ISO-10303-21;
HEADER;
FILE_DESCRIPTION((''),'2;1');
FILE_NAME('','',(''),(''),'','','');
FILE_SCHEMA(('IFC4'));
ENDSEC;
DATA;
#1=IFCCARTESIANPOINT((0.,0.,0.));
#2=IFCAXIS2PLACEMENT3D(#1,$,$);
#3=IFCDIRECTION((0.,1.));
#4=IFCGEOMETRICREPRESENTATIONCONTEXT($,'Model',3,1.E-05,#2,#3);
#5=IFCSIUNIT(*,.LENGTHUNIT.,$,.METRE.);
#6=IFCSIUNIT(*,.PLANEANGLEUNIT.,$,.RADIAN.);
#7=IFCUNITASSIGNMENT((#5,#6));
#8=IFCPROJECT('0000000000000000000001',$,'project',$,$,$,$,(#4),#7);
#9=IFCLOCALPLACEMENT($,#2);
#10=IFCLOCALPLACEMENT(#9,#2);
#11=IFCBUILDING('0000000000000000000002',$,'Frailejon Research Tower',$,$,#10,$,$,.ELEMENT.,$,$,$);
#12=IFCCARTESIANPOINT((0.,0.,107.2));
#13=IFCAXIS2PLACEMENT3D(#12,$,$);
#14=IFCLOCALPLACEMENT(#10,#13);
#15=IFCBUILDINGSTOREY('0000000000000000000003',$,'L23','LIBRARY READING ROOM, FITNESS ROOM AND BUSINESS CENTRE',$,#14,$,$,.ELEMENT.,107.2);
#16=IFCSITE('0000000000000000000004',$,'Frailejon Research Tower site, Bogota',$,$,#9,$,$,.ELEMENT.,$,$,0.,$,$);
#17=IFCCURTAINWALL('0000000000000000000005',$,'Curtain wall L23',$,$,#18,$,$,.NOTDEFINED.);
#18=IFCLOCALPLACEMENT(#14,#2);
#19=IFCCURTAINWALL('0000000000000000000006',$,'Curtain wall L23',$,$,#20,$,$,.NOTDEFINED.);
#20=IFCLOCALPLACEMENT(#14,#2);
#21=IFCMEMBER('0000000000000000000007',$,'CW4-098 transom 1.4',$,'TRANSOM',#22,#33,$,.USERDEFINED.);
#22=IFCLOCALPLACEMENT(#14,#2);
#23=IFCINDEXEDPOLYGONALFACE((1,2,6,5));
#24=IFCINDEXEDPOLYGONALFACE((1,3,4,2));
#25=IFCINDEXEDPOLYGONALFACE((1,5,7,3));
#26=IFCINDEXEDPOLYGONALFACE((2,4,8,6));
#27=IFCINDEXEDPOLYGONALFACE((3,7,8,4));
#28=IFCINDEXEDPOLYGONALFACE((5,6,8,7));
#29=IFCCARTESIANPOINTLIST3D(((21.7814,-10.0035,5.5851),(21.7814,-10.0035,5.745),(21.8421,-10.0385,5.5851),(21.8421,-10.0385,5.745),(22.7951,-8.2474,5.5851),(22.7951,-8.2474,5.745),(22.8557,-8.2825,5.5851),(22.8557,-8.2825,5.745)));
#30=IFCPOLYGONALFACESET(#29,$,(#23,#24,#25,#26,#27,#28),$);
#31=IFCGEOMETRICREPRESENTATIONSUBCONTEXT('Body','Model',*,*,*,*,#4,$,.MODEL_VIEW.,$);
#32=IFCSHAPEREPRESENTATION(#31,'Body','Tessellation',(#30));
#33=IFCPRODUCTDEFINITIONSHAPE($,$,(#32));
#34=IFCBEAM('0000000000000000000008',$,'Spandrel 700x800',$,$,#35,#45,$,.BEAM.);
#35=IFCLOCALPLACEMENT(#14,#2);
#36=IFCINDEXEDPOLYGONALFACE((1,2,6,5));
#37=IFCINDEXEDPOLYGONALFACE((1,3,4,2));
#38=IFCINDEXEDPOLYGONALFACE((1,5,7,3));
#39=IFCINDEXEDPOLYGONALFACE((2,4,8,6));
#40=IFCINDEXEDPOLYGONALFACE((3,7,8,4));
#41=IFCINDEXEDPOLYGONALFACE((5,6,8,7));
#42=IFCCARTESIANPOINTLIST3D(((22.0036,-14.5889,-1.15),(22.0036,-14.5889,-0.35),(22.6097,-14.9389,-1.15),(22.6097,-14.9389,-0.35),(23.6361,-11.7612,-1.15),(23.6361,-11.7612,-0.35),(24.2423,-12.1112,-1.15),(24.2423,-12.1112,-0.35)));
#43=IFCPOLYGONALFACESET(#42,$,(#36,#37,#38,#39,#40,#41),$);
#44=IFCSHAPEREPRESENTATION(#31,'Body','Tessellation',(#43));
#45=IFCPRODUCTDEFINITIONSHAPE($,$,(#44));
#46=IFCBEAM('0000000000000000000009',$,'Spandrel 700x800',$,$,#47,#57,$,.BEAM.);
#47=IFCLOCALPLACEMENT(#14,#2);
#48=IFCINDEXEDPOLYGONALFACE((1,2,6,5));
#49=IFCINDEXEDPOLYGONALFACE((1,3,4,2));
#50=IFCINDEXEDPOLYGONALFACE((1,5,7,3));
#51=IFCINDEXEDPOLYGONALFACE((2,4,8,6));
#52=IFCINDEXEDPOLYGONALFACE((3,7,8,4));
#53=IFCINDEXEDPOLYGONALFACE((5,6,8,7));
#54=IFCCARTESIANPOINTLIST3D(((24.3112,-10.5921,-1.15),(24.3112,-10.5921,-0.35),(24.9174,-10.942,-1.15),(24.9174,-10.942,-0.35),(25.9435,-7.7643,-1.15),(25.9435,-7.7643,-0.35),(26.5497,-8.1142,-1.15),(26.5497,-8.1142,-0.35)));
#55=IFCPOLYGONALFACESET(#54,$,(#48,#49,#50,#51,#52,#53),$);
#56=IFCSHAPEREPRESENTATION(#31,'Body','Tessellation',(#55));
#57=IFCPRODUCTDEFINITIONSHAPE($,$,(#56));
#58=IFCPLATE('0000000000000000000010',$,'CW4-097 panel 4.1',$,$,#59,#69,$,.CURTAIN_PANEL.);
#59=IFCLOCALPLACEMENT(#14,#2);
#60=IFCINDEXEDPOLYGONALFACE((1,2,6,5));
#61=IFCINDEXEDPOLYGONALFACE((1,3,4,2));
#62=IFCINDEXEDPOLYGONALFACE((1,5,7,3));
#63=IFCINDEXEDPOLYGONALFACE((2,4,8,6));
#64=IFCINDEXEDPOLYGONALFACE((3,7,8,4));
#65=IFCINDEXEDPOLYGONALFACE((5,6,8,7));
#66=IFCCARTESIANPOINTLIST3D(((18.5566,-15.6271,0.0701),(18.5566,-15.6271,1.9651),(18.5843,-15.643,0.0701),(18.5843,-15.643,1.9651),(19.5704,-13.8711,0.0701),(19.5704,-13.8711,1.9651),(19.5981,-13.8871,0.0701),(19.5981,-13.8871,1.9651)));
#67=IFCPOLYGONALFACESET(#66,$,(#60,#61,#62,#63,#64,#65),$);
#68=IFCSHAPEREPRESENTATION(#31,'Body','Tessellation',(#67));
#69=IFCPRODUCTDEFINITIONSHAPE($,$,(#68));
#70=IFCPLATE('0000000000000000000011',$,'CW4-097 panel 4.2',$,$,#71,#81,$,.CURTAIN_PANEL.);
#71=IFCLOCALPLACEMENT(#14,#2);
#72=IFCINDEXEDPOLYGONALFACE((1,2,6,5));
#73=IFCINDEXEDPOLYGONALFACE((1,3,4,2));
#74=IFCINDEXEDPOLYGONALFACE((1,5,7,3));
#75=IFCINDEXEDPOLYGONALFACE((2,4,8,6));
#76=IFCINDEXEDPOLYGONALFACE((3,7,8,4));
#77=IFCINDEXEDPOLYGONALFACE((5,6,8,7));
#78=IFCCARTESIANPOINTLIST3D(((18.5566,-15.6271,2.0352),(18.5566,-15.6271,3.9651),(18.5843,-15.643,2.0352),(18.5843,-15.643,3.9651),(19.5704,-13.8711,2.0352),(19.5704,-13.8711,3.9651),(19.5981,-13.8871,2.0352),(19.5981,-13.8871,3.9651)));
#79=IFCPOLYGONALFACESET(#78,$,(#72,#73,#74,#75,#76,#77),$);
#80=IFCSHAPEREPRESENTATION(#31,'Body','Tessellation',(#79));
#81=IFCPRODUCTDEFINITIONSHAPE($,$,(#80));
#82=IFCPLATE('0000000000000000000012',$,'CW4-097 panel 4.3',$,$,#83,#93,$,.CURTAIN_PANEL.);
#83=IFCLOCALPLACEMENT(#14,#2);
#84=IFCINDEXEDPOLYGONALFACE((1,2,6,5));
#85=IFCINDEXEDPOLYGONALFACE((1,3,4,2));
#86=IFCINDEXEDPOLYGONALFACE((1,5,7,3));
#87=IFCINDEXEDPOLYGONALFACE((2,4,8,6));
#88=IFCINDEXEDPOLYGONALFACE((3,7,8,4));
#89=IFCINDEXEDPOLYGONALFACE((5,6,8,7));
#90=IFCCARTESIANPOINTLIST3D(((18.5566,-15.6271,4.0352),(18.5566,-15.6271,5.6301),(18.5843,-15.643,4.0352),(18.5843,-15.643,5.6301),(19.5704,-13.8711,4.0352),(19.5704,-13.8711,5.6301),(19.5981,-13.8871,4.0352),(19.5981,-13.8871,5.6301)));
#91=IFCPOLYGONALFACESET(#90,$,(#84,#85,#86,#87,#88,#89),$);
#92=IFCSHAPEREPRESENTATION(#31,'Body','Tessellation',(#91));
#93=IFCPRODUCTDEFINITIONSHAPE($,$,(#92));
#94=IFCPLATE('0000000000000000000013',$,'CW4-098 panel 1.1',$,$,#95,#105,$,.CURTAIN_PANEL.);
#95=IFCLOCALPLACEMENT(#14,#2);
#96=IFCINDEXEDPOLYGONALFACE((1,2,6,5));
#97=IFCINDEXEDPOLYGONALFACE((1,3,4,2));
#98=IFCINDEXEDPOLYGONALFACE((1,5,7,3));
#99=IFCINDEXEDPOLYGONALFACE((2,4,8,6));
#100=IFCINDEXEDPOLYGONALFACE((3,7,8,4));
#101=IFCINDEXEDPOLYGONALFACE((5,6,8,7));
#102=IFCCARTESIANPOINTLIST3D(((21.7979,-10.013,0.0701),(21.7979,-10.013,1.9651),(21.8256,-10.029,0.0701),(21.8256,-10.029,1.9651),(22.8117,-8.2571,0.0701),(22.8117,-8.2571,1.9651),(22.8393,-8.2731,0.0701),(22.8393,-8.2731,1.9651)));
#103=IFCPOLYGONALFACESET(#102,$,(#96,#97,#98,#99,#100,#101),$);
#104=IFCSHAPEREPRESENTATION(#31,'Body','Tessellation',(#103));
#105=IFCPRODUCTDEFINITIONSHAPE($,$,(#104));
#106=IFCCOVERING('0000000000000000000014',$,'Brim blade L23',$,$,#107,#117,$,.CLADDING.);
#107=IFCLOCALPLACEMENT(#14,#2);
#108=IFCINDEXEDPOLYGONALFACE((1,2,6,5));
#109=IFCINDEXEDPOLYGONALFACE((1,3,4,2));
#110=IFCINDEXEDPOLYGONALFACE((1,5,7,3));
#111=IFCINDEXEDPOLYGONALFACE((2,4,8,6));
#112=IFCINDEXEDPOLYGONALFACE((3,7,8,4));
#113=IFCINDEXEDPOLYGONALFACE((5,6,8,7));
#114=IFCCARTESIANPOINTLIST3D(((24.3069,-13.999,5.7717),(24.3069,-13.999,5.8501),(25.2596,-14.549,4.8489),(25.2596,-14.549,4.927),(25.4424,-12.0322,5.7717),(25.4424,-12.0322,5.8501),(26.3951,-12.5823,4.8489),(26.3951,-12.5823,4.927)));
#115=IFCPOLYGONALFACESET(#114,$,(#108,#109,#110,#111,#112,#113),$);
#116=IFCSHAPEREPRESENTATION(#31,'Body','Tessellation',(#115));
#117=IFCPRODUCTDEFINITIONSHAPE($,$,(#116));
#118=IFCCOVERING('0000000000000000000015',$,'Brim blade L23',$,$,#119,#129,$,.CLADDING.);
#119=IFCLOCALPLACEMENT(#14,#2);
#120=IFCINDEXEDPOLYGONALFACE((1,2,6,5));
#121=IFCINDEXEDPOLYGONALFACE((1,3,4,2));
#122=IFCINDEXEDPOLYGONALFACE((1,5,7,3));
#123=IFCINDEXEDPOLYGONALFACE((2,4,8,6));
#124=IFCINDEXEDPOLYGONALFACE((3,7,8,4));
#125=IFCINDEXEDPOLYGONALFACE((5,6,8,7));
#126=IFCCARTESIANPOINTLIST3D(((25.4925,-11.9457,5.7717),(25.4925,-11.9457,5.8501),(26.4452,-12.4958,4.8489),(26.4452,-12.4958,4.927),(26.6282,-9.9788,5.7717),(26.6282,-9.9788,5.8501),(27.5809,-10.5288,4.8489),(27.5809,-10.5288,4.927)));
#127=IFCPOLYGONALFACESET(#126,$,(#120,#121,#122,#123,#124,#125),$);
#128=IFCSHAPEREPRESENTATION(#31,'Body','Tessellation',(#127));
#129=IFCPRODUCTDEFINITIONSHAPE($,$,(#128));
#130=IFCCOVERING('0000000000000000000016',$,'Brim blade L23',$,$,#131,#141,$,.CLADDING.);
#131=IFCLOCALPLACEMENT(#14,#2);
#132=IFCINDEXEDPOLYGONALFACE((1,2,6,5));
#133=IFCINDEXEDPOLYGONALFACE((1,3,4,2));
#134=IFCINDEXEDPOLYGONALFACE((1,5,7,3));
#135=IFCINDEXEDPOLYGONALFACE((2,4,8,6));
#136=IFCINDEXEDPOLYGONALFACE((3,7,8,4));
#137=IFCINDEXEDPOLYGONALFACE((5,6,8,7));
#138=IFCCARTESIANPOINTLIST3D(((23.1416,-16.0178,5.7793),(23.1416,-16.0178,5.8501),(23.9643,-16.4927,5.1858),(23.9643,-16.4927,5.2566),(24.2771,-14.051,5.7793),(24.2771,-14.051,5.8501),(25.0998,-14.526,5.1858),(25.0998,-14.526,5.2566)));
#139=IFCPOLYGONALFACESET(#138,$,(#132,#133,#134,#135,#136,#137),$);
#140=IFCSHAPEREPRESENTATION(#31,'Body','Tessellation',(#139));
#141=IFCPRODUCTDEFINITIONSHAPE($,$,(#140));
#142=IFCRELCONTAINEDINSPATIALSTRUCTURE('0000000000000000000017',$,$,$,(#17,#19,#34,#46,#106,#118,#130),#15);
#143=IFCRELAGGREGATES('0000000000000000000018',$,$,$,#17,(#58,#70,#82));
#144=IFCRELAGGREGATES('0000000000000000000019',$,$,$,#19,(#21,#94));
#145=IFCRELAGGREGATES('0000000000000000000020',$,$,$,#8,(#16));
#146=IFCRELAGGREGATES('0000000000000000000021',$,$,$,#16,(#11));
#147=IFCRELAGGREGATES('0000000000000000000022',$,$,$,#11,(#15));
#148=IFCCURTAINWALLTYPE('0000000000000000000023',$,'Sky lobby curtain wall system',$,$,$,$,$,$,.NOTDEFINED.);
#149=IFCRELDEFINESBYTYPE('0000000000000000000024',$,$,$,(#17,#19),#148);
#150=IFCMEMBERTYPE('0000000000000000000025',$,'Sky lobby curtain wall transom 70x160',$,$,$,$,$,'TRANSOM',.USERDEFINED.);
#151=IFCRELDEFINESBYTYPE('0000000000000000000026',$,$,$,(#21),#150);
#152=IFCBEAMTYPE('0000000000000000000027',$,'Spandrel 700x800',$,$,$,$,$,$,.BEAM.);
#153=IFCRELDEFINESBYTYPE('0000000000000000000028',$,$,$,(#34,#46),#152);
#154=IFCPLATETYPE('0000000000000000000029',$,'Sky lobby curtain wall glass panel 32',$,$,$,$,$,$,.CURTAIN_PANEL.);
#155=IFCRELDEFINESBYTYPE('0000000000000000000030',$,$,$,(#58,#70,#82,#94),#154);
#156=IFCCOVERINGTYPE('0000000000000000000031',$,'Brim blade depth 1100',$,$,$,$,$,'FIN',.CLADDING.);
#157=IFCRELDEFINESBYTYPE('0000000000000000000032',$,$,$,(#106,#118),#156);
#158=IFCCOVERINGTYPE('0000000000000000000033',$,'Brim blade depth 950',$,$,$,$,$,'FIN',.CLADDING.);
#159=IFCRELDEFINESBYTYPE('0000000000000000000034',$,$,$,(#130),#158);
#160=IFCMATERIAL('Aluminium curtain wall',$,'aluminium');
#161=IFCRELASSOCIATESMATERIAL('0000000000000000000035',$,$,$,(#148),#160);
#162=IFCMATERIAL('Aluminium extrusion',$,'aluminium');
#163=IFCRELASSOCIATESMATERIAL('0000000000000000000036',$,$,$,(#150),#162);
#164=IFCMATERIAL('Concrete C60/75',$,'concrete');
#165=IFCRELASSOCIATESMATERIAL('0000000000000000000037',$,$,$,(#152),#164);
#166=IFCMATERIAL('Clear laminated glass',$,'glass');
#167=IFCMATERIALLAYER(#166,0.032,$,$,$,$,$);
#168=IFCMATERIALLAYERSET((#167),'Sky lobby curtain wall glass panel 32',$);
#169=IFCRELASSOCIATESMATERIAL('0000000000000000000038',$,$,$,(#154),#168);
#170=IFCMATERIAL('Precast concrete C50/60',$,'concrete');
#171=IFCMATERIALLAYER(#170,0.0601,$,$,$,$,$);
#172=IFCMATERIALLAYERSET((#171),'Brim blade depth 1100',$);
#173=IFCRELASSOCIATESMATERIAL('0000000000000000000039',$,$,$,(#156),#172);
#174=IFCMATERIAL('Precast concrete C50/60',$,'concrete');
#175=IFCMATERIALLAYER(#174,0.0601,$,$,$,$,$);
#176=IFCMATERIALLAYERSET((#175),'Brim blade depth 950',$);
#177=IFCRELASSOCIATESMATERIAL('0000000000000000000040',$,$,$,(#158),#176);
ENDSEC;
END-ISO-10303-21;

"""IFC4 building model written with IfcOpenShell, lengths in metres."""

from ifc_helpers import new_model, si_unit, direction, frame, origin, origin_2d, place, context, subcontext, project, spatial, polyline, rectangle, outline, extrude, material, layer, layer_set, material_profile, profile_set, type_object, element, aggregate, save


model = new_model("IFC4")

# Units and contexts
model_context = context("Model", 3, precision=1e-05, world=origin(), true_north=direction((0.0, 1.0)))
body_context = subcontext(model_context, "Body", "Model", "MODEL_VIEW")
ifc_project = project(units=[si_unit("LENGTHUNIT", "METRE"), si_unit("PLANEANGLEUNIT", "RADIAN")], contexts=[model_context])

# Site, building, storey
site_placement = place(None, origin())
site = spatial("IfcSite", under=ifc_project, at=site_placement, Name="Frailejon Research Tower site, Bogota", CompositionType="ELEMENT", RefElevation=0.0)
building_placement = place(site_placement, origin())
building = spatial("IfcBuilding", under=site, at=building_placement, Name="Frailejon Research Tower", CompositionType="ELEMENT")
storey_placement = place(building_placement, frame((0.0, 0.0, 107.2)))
storey = spatial("IfcBuildingStorey", under=building, at=storey_placement, Name="L23", Description="LIBRARY READING ROOM, FITNESS ROOM AND BUSINESS CENTRE", CompositionType="ELEMENT", Elevation=107.2)

# Curtain wall
ifc_material_1 = material(Name="Aluminium curtain wall", Category="aluminium")
curtain_wall_type = type_object("IfcCurtainWallType", Name="Sky lobby curtain wall system", PredefinedType="NOTDEFINED", material=ifc_material_1)
curtain_wall_1_placement = place(storey_placement, origin())
curtain_wall_1 = element("IfcCurtainWall", 1, at=curtain_wall_1_placement, inside=storey, type_object=curtain_wall_type, Name="Curtain wall L23", PredefinedType="NOTDEFINED")

# Curtain wall
curtain_wall_2_placement = place(storey_placement, origin())
curtain_wall_2 = element("IfcCurtainWall", 2, at=curtain_wall_2_placement, inside=storey, type_object=curtain_wall_type, Name="Curtain wall L23", PredefinedType="NOTDEFINED")

# Member
ifc_material_2 = material(Name="Aluminium extrusion", Category="aluminium")
ifc_material_profile_1 = material_profile(ifc_material_2, rectangle(XDim=0.0701, YDim=0.1599, at=origin_2d()), Name="Sky lobby curtain wall transom 70x160")
ifc_profile_set_1 = profile_set([ifc_material_profile_1], Name="Aluminium extrusion")
member_type_1 = type_object("IfcMemberType", Name="Sky lobby curtain wall transom 70x160", ElementType="TRANSOM", PredefinedType="USERDEFINED", material=ifc_profile_set_1)
member_1_placement = place(storey_placement, frame((21.8118, -10.021, 5.665), z_axis=(0.49992, 0.866071, 0.0), x_axis=(-0.866071, 0.49992, 0.0)))
member_1 = element("IfcMember", 3, at=member_1_placement, type_object=member_type_1, Name="CW4-098 transom 1.4", ObjectType="TRANSOM", PredefinedType="USERDEFINED", context=body_context, shape_type="SweptSolid", body=[
    extrude(rectangle(XDim=0.0701, YDim=0.1599, at=origin_2d()), origin(), (0.0, 0.0, 1.0), 2.0276),
])

# Beams
ifc_material_3 = material(Name="Concrete C60/75", Category="concrete")
ifc_material_profile_2 = material_profile(ifc_material_3, rectangle(XDim=0.7, YDim=0.8, at=origin_2d()), Name="Spandrel 700x800")
ifc_profile_set_2 = profile_set([ifc_material_profile_2], Name="Concrete C60/75")
beam_type_1 = type_object("IfcBeamType", Name="Spandrel 700x800", PredefinedType="BEAM", material=ifc_profile_set_2)
for number, where, z_axis, x_axis, name in (
    (4, (22.3066, -14.7639, -0.75), (0.500007, 0.866021, 0.0), (-0.866021, 0.500007, 0.0), "Spandrel 700x800"),
    (5, (24.6143, -10.7671, -0.75), (0.499919, 0.866072, 0.0), (-0.866072, 0.499919, 0.0), "Spandrel 700x800"),
):
    element("IfcBeam", number, at=place(storey_placement, frame(where, z_axis=z_axis, x_axis=x_axis)), inside=storey, type_object=beam_type_1, Name=name, PredefinedType="BEAM", context=body_context, shape_type="SweptSolid", body=[
        extrude(rectangle(XDim=0.7, YDim=0.8, at=origin_2d()), origin(), (0.0, 0.0, 1.0), 3.2651),
    ])

# Plates
ifc_material_4 = material(Name="Clear laminated glass", Category="glass")
ifc_layer_1 = layer(ifc_material_4, 0.032)
ifc_layer_set_1 = layer_set([ifc_layer_1], Name="Sky lobby curtain wall glass panel 32")
plate_type = type_object("IfcPlateType", Name="Sky lobby curtain wall glass panel 32", PredefinedType="CURTAIN_PANEL", material=ifc_layer_set_1)
plate_1_placement = place(storey_placement, frame((19.0774, -14.7571, 0.0701), z_axis=(0.0, 0.0, 1.0), x_axis=(0.5, 0.866026, 0.0)))
plate_1 = element("IfcPlate", 6, at=plate_1_placement, type_object=plate_type, Name="CW4-097 panel 4.1", PredefinedType="CURTAIN_PANEL", context=body_context, shape_type="SweptSolid", body=[
    extrude(rectangle(XDim=2.0276, YDim=0.032, at=origin_2d()), origin(), (0.0, 0.0, 1.0), 1.895),
])
plate_2_placement = place(storey_placement, frame((19.0774, -14.7571, 2.0352), z_axis=(0.0, 0.0, 1.0), x_axis=(0.5, 0.866026, 0.0)))
plate_2 = element("IfcPlate", 7, at=plate_2_placement, type_object=plate_type, Name="CW4-097 panel 4.2", PredefinedType="CURTAIN_PANEL", context=body_context, shape_type="SweptSolid", body=[
    extrude(rectangle(XDim=2.0276, YDim=0.032, at=origin_2d()), origin(), (0.0, 0.0, 1.0), 1.9299),
])
plate_3_placement = place(storey_placement, frame((19.0774, -14.7571, 4.0352), z_axis=(0.0, 0.0, 1.0), x_axis=(0.5, 0.866026, 0.0)))
plate_3 = element("IfcPlate", 8, at=plate_3_placement, type_object=plate_type, Name="CW4-097 panel 4.3", PredefinedType="CURTAIN_PANEL", context=body_context, shape_type="SweptSolid", body=[
    extrude(rectangle(XDim=2.0276, YDim=0.032, at=origin_2d()), origin(), (0.0, 0.0, 1.0), 1.595),
])
aggregate(curtain_wall_1, [plate_1, plate_2, plate_3])
plate_4_placement = place(storey_placement, frame((22.3186, -9.1431, 0.0701), z_axis=(0.0, 0.0, 1.0), x_axis=(0.5, 0.866026, 0.0)))
plate_4 = element("IfcPlate", 9, at=plate_4_placement, type_object=plate_type, Name="CW4-098 panel 1.1", PredefinedType="CURTAIN_PANEL", context=body_context, shape_type="SweptSolid", body=[
    extrude(rectangle(XDim=2.0276, YDim=0.032, at=origin_2d()), origin(), (0.0, 0.0, 1.0), 1.895),
])
aggregate(curtain_wall_2, [member_1, plate_4])

# Coverings
ifc_material_5 = material(Name="Precast concrete C50/60", Category="concrete")
ifc_layer_2 = layer(ifc_material_5, 0.0601)
ifc_layer_set_2 = layer_set([ifc_layer_2], Name="Brim blade depth 1100")
covering_type_1 = type_object("IfcCoveringType", Name="Brim blade depth 1100", ElementType="FIN", PredefinedType="CLADDING", material=ifc_layer_set_2)
covering_1_placement = place(storey_placement, frame((25.4424, -12.0322, 5.8501), z_axis=(-0.500002, -0.866024, 0.0), x_axis=(0.866024, -0.500002, 0.0)))
element("IfcCovering", 10, at=covering_1_placement, inside=storey, type_object=covering_type_1, Name="Brim blade L23", PredefinedType="CLADDING", context=body_context, shape_type="SweptSolid", body=[
    extrude(outline(polyline([(0.0, -0.0784), (1.1001, -1.0012), (1.1001, -0.9231), (0.0, 0.0), (0.0, -0.0784)])), origin(), (0.0, 0.0, 1.0), 2.271),
])
covering_2_placement = place(storey_placement, frame((26.6282, -9.9788, 5.8501), z_axis=(-0.500009, -0.86602, 0.0), x_axis=(0.86602, -0.500009, 0.0)))
element("IfcCovering", 11, at=covering_2_placement, inside=storey, type_object=covering_type_1, Name="Brim blade L23", PredefinedType="CLADDING", context=body_context, shape_type="SweptSolid", body=[
    extrude(outline(polyline([(0.0, -0.0784), (1.1001, -1.0012), (1.1001, -0.9231), (0.0, 0.0), (0.0, -0.0784)])), origin(), (0.0, 0.0, 1.0), 2.2712),
])
ifc_material_6 = material(Name="Precast concrete C50/60", Category="concrete")
ifc_layer_3 = layer(ifc_material_6, 0.0601)
ifc_layer_set_3 = layer_set([ifc_layer_3], Name="Brim blade depth 950")
covering_type_2 = type_object("IfcCoveringType", Name="Brim blade depth 950", ElementType="FIN", PredefinedType="CLADDING", material=ifc_layer_set_3)
covering_3_placement = place(storey_placement, frame((24.2771, -14.051, 5.8501), z_axis=(-0.500002, -0.866024, 0.0), x_axis=(0.866024, -0.500002, 0.0)))
element("IfcCovering", 12, at=covering_3_placement, inside=storey, type_object=covering_type_2, Name="Brim blade L23", PredefinedType="CLADDING", context=body_context, shape_type="SweptSolid", body=[
    extrude(outline(polyline([(0.0, -0.0708), (0.95, -0.6643), (0.95, -0.5935), (0.0, 0.0), (0.0, -0.0708)])), origin(), (0.0, 0.0, 1.0), 2.271),
])

save(model, "model.ifc")
